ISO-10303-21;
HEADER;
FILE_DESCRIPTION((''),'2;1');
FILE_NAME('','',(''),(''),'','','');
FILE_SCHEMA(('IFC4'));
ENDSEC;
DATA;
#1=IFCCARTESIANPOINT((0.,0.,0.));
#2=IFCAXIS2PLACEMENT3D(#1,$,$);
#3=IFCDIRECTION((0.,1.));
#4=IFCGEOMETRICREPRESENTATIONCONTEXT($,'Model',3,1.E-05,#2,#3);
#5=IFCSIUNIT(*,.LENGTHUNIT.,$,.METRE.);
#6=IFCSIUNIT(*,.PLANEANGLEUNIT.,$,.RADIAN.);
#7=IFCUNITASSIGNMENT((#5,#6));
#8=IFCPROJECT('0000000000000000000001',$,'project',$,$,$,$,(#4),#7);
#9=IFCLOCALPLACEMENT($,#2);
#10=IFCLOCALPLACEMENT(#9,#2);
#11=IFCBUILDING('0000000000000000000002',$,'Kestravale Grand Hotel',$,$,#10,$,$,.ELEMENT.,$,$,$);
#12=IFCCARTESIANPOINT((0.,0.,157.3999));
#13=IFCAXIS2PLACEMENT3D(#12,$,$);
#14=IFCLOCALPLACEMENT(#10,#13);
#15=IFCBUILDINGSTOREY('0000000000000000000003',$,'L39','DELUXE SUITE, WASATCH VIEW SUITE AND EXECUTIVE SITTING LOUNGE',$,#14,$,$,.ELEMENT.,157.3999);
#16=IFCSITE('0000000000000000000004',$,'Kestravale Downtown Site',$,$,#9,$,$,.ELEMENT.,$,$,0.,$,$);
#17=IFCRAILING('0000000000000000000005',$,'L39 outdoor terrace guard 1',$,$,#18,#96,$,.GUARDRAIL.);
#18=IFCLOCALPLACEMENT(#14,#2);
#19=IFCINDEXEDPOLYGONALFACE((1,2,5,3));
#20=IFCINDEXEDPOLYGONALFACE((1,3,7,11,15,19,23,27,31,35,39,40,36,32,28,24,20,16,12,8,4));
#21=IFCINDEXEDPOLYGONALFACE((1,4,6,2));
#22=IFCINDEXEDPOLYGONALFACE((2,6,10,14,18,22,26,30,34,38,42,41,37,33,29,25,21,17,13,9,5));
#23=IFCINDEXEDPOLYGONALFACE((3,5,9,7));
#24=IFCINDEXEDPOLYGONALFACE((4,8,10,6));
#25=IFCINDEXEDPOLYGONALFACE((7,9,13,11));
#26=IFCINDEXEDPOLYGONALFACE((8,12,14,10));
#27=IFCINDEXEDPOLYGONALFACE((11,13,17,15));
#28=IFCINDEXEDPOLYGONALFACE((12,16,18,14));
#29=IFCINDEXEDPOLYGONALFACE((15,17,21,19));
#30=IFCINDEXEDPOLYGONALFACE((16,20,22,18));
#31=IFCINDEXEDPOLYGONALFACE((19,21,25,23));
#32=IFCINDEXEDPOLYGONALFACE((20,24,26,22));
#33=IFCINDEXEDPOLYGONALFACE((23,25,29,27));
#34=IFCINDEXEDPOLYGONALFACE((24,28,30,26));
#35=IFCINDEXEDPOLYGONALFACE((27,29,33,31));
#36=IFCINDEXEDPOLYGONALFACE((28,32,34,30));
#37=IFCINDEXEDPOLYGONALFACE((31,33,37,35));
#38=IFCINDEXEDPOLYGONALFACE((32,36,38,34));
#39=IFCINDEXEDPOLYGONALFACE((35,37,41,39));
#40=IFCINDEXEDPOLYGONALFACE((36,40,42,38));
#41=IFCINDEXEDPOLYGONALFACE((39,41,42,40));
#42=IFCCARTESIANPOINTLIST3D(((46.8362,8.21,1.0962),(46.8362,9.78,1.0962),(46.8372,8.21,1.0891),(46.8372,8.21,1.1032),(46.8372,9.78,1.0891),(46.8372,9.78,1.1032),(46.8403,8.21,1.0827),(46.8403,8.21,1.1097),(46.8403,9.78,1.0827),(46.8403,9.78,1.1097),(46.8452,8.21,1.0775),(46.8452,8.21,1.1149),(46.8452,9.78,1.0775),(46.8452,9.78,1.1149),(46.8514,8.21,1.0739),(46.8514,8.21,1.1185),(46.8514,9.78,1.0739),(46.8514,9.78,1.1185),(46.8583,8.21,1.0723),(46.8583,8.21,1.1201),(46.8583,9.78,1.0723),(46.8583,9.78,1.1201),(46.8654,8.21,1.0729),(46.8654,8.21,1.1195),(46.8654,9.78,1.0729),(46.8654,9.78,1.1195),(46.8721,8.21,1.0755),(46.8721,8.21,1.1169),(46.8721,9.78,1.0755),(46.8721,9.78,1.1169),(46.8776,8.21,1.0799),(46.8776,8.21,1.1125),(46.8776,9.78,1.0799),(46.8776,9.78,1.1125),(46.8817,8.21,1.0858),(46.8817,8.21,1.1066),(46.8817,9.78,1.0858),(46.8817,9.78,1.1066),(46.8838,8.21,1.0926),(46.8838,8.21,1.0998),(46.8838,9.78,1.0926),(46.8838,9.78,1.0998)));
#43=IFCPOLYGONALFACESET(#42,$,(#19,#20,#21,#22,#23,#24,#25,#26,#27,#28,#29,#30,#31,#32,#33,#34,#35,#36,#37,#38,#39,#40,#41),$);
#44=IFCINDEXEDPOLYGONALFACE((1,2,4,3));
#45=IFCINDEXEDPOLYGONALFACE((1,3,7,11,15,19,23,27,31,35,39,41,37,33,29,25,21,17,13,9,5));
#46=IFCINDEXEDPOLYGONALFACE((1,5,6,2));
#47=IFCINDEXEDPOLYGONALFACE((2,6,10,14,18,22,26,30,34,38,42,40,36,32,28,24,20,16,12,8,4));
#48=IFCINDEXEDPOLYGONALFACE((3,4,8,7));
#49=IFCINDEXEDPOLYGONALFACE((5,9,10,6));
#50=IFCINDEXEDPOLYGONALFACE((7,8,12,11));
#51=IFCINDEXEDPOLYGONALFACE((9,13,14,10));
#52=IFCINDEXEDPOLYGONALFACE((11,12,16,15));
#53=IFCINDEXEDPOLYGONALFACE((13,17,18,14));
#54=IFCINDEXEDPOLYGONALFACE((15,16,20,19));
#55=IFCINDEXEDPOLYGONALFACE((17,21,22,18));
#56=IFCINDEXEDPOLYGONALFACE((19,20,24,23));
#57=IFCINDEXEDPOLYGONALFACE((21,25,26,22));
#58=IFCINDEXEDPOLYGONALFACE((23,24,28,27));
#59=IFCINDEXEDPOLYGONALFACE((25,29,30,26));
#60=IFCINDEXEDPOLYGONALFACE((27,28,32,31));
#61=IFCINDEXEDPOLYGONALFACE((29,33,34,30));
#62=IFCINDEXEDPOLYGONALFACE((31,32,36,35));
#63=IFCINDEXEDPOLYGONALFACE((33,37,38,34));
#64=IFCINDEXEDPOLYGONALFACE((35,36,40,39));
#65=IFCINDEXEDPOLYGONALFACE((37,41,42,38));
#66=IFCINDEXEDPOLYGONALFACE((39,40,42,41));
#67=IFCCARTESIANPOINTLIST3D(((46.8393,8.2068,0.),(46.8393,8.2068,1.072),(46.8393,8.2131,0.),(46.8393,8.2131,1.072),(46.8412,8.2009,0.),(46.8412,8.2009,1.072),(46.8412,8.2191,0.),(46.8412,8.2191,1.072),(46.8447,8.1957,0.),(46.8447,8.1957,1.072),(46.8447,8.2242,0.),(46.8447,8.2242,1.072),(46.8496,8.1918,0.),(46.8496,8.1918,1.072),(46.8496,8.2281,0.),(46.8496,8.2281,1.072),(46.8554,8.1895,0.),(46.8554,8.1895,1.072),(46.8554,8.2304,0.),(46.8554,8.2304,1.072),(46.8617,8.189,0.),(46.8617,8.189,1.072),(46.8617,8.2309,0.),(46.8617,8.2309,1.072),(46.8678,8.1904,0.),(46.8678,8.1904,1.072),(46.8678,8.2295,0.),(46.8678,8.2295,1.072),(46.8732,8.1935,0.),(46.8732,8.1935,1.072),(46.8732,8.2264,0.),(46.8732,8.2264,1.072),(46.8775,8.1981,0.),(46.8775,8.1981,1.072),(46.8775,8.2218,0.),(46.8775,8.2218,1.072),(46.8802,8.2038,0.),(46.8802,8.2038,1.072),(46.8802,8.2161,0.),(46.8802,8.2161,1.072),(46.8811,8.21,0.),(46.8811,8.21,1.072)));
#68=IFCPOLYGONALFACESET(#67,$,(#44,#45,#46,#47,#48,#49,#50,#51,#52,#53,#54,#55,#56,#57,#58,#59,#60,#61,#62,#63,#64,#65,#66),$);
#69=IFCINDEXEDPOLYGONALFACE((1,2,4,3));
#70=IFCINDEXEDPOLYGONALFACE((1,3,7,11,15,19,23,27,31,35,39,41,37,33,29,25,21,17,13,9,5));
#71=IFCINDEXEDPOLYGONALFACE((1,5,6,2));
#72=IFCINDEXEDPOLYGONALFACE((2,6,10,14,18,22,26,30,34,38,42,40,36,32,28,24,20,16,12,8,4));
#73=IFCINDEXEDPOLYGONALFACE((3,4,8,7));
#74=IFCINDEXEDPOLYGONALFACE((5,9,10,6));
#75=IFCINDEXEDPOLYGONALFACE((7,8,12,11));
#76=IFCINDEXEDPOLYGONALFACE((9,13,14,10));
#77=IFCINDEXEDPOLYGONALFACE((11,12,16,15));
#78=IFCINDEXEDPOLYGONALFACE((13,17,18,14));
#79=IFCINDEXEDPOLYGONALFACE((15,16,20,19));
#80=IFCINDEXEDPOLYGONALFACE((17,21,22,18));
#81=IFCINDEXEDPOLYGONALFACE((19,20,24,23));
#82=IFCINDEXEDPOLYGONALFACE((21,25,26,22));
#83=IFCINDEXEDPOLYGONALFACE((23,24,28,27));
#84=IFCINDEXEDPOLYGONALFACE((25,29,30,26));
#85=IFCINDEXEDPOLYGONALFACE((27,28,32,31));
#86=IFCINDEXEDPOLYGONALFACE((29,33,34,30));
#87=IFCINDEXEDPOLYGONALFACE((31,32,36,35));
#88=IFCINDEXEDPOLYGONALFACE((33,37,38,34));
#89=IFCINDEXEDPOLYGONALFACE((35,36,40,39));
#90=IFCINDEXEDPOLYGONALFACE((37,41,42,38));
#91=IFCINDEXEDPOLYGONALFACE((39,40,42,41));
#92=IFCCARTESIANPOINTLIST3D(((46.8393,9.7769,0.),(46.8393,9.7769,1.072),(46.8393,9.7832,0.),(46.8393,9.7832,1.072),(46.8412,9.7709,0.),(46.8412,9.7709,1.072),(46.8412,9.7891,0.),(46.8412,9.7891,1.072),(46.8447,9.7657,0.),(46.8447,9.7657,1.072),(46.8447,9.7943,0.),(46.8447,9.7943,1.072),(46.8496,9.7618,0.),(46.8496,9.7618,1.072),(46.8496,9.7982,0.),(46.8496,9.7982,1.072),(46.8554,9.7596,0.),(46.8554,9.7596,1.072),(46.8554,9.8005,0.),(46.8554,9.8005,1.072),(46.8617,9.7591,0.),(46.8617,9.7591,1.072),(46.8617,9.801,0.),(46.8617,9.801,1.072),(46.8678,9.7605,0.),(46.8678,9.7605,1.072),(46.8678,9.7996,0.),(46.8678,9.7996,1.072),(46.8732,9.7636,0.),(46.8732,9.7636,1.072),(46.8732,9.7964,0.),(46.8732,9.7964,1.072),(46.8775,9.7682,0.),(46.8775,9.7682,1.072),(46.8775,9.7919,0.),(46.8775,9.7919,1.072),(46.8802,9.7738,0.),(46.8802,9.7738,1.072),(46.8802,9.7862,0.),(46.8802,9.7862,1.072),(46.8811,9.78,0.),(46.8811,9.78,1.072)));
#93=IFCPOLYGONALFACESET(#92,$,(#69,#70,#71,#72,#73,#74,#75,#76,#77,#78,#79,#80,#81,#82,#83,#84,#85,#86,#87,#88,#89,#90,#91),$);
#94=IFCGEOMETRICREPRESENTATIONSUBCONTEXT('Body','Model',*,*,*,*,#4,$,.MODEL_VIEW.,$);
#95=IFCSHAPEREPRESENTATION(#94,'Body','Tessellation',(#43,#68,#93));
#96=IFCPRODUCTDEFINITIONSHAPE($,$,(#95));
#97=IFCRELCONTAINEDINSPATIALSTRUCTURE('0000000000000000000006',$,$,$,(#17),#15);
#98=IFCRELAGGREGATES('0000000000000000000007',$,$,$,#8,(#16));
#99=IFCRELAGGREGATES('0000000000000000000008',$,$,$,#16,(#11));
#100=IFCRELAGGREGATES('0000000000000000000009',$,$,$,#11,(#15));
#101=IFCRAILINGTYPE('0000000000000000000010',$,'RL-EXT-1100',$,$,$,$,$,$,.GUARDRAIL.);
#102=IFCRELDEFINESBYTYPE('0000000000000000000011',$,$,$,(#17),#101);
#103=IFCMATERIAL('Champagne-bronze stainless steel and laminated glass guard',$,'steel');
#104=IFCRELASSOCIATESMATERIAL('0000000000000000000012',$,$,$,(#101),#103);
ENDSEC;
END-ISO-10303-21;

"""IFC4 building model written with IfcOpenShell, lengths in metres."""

from ifc_helpers import new_model, si_unit, direction, frame, origin, origin_2d, place, context, subcontext, project, spatial, circle, extrude, material, type_object, element, save


model = new_model("IFC4")

# Units and contexts
model_context = context("Model", 3, precision=1e-05, world=origin(), true_north=direction((0.0, 1.0)))
body_context = subcontext(model_context, "Body", "Model", "MODEL_VIEW")
ifc_project = project(units=[si_unit("LENGTHUNIT", "METRE"), si_unit("PLANEANGLEUNIT", "RADIAN")], contexts=[model_context])

# Site, building, storey
site_placement = place(None, origin())
site = spatial("IfcSite", under=ifc_project, at=site_placement, Name="Kestravale Downtown Site", CompositionType="ELEMENT", RefElevation=0.0)
building_placement = place(site_placement, origin())
building = spatial("IfcBuilding", under=site, at=building_placement, Name="Kestravale Grand Hotel", CompositionType="ELEMENT")
storey_placement = place(building_placement, frame((0.0, 0.0, 157.3999)))
storey = spatial("IfcBuildingStorey", under=building, at=storey_placement, Name="L39", Description="DELUXE SUITE, WASATCH VIEW SUITE AND EXECUTIVE SITTING LOUNGE", CompositionType="ELEMENT", Elevation=157.3999)

# Railing
ifc_material_1 = material(Name="Champagne-bronze stainless steel and laminated glass guard", Category="steel")
railing_type = type_object("IfcRailingType", Name="RL-EXT-1100", PredefinedType="GUARDRAIL", material=ifc_material_1)
railing_1_placement = place(storey_placement, frame((46.8601, 8.21, 0.0)))
element("IfcRailing", 1, at=railing_1_placement, inside=storey, type_object=railing_type, Name="L39 outdoor terrace guard 1", PredefinedType="GUARDRAIL", context=body_context, shape_type="SweptSolid", body=[
    extrude(circle(Radius=0.0239, at=origin_2d()), frame((0.0, 0.0, 1.0962), z_axis=(0.0, 1.0, 0.0), x_axis=(-1.0, 0.0, 0.0)), (0.0, 0.0, 1.0), 1.5701),
    extrude(circle(Radius=0.021, at=origin_2d()), origin(), (0.0, 0.0, 1.0), 1.072),
    extrude(circle(Radius=0.021, at=origin_2d()), frame((0.0, 1.5701, 0.0)), (0.0, 0.0, 1.0), 1.072),
])

save(model, "model.ifc")
